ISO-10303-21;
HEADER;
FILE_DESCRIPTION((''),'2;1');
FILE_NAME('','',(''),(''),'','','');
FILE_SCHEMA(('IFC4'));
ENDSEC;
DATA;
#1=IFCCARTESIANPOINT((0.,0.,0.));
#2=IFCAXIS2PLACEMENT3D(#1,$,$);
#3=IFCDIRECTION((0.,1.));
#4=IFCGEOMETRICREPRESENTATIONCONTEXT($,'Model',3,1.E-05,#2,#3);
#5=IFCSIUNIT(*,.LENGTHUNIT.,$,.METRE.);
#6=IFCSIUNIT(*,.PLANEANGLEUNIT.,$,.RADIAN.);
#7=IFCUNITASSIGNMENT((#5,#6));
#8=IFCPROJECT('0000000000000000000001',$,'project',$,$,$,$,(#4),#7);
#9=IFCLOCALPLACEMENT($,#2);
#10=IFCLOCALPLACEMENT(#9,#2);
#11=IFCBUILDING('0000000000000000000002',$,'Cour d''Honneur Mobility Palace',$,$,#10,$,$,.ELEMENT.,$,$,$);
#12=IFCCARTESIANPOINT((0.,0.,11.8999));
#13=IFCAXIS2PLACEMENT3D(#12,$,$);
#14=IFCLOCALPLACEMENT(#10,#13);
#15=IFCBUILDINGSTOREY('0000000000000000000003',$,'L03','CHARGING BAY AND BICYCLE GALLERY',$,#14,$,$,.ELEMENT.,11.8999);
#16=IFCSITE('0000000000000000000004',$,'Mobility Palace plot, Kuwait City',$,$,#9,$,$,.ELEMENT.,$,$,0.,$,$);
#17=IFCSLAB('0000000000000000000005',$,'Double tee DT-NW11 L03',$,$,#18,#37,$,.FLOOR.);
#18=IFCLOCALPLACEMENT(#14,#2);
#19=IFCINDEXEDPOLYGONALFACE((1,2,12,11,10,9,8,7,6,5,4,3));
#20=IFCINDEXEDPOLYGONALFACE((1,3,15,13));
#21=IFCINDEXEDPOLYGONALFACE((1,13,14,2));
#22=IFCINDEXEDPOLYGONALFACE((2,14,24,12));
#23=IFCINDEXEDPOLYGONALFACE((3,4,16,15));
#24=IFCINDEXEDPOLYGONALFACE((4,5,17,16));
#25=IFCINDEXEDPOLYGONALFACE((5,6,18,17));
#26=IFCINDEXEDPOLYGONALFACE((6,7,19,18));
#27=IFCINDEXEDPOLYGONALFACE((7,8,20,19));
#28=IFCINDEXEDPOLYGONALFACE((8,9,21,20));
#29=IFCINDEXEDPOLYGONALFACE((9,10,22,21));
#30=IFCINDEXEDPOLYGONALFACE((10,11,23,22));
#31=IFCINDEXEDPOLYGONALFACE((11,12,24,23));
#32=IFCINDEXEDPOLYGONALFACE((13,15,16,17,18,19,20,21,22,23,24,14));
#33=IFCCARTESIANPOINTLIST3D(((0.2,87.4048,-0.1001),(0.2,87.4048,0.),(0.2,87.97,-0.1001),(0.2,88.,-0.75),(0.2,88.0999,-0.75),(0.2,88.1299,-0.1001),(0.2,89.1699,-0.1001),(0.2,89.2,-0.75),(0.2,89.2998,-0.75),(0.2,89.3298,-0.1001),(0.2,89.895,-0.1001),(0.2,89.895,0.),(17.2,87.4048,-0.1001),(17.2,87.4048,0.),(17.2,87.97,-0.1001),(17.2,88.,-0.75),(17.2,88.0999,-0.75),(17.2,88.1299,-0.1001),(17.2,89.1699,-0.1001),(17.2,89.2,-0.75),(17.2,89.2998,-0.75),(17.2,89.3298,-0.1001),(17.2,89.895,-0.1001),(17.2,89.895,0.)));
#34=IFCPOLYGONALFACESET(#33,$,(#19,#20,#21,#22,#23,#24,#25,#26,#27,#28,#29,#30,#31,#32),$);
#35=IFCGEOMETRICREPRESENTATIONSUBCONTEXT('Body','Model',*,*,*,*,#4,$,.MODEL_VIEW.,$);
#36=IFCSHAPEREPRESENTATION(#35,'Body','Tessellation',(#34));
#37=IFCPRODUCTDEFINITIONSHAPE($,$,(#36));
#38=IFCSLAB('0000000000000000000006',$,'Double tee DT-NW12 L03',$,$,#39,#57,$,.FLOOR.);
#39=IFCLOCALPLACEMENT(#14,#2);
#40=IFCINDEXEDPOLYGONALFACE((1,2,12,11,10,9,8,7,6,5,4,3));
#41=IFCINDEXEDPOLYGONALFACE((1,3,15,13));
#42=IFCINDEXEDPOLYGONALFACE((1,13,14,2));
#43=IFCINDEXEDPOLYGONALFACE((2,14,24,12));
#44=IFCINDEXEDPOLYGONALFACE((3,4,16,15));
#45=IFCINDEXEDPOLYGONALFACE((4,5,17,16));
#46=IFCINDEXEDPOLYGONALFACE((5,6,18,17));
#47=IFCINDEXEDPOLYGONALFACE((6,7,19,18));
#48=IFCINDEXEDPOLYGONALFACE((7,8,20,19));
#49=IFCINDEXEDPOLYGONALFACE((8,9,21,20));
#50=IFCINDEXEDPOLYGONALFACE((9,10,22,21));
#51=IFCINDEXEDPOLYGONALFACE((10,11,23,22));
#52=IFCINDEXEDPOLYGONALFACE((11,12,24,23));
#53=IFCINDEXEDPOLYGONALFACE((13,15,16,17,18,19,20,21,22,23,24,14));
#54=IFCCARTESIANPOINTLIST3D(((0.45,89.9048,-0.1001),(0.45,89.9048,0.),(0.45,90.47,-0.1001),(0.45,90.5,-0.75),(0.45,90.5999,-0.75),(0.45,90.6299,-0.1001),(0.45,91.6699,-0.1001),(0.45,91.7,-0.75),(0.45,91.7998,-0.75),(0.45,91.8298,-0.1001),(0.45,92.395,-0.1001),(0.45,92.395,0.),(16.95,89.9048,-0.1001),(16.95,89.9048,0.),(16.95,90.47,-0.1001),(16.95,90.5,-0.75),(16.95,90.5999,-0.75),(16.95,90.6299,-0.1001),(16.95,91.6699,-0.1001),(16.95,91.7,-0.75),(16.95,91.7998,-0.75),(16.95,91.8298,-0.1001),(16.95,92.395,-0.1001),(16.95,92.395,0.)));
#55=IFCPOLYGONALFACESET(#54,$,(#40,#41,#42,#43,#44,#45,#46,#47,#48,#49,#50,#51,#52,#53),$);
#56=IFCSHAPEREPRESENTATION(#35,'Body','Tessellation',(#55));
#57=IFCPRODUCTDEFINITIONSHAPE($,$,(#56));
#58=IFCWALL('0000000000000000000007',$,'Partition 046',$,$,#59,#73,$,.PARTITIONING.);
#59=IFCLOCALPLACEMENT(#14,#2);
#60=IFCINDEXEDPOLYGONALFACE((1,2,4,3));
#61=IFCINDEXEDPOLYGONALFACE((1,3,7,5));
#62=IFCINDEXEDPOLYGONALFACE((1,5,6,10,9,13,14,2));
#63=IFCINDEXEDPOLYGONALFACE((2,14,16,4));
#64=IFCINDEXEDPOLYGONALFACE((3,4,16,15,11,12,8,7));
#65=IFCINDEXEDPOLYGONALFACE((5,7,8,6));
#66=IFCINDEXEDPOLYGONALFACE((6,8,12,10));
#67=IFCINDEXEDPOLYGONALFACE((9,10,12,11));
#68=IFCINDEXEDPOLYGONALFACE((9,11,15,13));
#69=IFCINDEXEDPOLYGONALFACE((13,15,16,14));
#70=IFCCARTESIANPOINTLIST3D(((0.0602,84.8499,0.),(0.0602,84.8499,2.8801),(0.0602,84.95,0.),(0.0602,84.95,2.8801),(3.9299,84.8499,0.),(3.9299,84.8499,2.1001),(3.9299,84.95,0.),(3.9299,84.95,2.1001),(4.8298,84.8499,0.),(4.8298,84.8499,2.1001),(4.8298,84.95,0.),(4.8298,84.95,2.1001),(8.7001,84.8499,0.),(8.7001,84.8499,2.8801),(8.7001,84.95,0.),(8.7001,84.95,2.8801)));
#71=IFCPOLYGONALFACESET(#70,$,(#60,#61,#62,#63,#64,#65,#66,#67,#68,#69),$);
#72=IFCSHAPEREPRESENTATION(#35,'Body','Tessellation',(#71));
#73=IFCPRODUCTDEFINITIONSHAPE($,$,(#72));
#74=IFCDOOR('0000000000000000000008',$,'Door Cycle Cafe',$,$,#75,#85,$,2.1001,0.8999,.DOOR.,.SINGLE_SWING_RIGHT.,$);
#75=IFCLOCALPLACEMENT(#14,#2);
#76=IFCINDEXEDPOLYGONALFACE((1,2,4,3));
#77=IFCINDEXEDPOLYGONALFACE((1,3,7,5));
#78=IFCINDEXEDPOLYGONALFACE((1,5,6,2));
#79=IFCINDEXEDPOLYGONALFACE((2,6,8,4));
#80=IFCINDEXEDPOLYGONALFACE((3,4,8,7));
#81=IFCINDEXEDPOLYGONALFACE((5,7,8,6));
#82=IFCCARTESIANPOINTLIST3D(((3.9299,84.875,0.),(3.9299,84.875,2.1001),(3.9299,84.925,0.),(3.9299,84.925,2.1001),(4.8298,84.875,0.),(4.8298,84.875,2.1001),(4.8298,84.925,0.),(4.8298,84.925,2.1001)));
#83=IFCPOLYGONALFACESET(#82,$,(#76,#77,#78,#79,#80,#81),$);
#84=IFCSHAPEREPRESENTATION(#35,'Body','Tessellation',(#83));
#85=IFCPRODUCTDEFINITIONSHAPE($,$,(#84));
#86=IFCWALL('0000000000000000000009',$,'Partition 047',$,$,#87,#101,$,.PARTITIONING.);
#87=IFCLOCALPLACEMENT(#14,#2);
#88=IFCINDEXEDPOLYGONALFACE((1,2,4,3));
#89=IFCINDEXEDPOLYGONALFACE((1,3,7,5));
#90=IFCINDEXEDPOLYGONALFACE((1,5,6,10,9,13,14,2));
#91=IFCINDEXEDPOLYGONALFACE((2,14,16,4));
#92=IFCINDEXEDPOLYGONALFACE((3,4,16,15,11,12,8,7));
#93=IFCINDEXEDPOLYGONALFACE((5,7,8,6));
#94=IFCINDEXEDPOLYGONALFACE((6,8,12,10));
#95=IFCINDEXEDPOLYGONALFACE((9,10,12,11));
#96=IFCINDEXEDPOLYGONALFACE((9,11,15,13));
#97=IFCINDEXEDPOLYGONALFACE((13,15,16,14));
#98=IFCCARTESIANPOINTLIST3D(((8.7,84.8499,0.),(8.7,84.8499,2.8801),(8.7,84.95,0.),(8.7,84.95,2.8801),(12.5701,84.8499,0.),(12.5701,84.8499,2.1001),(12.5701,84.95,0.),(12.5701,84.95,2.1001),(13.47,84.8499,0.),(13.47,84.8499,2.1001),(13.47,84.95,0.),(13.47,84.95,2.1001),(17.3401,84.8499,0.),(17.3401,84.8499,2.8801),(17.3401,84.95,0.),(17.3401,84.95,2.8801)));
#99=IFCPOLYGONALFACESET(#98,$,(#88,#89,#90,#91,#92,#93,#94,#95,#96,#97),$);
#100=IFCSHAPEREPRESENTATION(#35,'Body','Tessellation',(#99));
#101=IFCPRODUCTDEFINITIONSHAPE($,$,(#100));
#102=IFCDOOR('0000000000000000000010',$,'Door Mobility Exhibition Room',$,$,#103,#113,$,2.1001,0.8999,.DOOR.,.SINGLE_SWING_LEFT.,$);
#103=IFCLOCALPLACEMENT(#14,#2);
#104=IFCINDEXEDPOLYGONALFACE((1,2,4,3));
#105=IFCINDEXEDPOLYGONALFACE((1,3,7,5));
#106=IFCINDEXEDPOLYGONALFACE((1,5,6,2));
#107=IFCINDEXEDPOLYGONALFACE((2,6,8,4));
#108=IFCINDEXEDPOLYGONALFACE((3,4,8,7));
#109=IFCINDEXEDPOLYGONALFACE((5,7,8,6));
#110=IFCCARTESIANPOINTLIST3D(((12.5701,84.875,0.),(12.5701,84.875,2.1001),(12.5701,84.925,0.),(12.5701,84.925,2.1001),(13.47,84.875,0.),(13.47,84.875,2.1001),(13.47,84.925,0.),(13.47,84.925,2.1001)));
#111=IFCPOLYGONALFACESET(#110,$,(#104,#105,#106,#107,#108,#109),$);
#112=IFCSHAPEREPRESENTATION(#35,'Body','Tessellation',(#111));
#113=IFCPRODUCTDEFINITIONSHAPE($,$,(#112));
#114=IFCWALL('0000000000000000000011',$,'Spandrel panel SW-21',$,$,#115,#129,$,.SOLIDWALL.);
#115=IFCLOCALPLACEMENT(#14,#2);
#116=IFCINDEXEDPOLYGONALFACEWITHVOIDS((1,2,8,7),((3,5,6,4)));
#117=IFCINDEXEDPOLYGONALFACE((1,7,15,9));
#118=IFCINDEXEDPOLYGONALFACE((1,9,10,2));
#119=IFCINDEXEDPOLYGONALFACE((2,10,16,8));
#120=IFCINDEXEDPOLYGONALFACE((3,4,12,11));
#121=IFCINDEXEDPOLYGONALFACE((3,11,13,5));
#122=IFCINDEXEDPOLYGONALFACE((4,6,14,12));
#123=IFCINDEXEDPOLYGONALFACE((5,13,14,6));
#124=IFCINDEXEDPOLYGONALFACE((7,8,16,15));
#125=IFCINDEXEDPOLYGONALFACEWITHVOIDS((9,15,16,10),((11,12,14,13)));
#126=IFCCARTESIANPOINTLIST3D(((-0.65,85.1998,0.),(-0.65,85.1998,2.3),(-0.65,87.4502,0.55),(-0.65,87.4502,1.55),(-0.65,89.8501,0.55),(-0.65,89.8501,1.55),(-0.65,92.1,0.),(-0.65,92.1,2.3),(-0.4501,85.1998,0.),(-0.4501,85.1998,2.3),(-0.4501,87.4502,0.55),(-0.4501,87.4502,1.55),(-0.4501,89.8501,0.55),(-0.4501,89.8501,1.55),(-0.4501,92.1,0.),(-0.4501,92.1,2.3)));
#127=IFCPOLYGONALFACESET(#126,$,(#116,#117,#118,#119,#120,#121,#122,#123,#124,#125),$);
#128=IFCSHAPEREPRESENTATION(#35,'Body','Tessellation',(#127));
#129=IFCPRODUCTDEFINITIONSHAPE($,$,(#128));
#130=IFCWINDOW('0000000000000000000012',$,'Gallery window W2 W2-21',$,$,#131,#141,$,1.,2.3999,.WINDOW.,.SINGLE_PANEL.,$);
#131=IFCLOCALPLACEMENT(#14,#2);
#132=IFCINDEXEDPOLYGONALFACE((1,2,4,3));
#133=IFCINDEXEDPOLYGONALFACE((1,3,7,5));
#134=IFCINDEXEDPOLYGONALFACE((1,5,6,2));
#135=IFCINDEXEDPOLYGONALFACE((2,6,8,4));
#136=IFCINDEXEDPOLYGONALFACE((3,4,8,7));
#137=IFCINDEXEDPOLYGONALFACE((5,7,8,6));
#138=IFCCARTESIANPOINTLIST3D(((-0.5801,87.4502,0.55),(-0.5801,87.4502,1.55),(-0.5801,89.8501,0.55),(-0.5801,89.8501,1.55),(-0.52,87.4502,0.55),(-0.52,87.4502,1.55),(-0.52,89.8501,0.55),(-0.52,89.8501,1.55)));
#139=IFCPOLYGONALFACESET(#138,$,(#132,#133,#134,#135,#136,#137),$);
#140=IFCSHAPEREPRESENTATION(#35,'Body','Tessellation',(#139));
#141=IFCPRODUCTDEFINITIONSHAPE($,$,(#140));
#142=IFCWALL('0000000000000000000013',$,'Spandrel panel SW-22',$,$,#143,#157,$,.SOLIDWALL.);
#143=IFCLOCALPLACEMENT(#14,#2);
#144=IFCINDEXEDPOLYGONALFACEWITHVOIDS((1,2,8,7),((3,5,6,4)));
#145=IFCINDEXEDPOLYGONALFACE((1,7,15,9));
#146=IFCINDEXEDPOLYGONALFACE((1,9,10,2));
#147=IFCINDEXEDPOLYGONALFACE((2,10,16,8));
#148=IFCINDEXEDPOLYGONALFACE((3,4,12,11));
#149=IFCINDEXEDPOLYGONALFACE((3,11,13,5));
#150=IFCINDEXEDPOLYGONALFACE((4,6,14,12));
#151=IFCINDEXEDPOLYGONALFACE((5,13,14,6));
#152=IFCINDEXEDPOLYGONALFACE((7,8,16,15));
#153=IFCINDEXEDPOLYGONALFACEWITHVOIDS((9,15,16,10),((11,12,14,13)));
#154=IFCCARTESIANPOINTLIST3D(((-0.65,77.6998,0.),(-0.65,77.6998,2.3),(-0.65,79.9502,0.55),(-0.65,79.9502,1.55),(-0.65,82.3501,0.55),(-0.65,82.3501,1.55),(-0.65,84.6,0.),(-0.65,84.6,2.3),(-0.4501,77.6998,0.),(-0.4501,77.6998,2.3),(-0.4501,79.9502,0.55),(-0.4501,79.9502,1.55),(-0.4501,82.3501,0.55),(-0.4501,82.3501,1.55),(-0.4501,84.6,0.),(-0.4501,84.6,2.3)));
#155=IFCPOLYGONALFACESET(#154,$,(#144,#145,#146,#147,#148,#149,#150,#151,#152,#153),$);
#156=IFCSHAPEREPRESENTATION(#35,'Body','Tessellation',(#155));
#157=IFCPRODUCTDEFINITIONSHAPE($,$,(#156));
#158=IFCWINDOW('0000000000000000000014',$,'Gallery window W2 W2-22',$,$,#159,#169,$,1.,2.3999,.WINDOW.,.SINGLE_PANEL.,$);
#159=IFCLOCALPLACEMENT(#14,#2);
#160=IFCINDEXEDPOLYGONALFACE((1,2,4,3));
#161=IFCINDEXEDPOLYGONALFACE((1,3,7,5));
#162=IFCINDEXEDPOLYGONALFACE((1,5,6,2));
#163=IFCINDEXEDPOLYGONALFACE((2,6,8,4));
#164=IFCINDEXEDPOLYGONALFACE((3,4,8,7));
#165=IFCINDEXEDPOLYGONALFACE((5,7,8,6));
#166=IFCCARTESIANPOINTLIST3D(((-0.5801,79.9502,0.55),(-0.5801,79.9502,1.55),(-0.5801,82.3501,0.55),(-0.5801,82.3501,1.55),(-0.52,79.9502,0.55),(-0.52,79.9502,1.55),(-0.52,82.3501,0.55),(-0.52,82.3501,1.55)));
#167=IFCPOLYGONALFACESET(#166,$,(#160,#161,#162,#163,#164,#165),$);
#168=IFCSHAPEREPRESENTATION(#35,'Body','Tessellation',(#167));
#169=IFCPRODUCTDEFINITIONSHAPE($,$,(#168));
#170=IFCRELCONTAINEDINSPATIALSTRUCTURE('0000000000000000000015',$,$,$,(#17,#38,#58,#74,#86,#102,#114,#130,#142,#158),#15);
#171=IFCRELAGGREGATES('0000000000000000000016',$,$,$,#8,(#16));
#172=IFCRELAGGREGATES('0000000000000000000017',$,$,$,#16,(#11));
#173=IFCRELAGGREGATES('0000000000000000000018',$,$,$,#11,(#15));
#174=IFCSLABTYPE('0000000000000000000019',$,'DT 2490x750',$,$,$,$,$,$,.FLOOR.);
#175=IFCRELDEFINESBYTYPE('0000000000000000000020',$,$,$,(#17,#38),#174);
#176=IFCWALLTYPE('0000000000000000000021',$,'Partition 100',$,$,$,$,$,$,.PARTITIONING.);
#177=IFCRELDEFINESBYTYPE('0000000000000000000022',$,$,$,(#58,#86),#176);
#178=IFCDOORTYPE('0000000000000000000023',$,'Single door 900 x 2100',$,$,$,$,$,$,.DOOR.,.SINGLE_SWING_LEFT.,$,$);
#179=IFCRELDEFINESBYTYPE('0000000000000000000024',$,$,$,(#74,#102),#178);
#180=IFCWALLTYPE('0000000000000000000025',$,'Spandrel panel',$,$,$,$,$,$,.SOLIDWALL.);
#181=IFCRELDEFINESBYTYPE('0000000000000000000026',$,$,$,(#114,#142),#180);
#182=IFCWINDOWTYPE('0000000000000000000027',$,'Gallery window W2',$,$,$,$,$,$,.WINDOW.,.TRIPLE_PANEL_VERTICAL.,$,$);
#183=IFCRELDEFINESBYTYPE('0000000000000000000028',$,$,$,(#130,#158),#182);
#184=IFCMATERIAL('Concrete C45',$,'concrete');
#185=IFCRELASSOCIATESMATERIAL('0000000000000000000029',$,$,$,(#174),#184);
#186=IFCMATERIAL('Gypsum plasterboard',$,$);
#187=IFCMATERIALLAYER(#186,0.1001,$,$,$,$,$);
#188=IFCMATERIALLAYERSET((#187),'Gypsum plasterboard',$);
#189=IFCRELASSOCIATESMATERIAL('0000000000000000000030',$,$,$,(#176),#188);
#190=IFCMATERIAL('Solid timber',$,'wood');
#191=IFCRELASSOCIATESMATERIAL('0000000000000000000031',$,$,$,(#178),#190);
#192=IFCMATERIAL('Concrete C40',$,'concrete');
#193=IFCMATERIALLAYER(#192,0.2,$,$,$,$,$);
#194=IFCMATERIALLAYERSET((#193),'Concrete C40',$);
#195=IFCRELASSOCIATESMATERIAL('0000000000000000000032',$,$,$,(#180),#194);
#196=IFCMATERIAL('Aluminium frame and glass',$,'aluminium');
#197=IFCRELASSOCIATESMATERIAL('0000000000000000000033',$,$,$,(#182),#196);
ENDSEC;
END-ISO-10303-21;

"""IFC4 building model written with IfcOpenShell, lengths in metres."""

from ifc_helpers import new_model, si_unit, direction, frame, frame_2d, origin, place, context, subcontext, project, spatial, polyline, rectangle, outline, extrude, material, layer, layer_set, material_profile, profile_set, type_object, element, fill, save


model = new_model("IFC4")

# Units and contexts
model_context = context("Model", 3, precision=1e-05, world=origin(), true_north=direction((0.0, 1.0)))
body_context = subcontext(model_context, "Body", "Model", "MODEL_VIEW")
ifc_project = project(units=[si_unit("LENGTHUNIT", "METRE"), si_unit("PLANEANGLEUNIT", "RADIAN")], contexts=[model_context])

# Site, building, storey
site_placement = place(None, origin())
site = spatial("IfcSite", under=ifc_project, at=site_placement, Name="Mobility Palace plot, Kuwait City", CompositionType="ELEMENT", RefElevation=0.0)
building_placement = place(site_placement, origin())
building = spatial("IfcBuilding", under=site, at=building_placement, Name="Cour d'Honneur Mobility Palace", CompositionType="ELEMENT")
storey_placement = place(building_placement, frame((0.0, 0.0, 11.8999)))
storey = spatial("IfcBuildingStorey", under=building, at=storey_placement, Name="L03", Description="CHARGING BAY AND BICYCLE GALLERY", CompositionType="ELEMENT", Elevation=11.8999)

# Slabs
ifc_material_1 = material(Name="Concrete C45", Category="concrete")
ifc_material_profile_1 = material_profile(ifc_material_1, outline(polyline([(-1.2451, 0.0), (1.2451, 0.0), (1.2451, -0.1001), (0.6799, -0.1001), (0.6499, -0.75), (0.55, -0.75), (0.52, -0.1001), (-0.52, -0.1001), (-0.55, -0.75), (-0.6499, -0.75), (-0.6799, -0.1001), (-1.2451, -0.1001), (-1.2451, 0.0)])), Name="DT 2490x750")
ifc_profile_set_1 = profile_set([ifc_material_profile_1], Name="Concrete C45")
slab_type = type_object("IfcSlabType", Name="DT 2490x750", PredefinedType="FLOOR", material=ifc_profile_set_1)
slab_1_placement = place(storey_placement, frame((0.2, 88.6499, 0.0), z_axis=(1.0, 0.0, 0.0), x_axis=(0.0, 1.0, 0.0)))
element("IfcSlab", 1, at=slab_1_placement, inside=storey, type_object=slab_type, Name="Double tee DT-NW11 L03", PredefinedType="FLOOR", context=body_context, shape_type="SweptSolid", body=[
    extrude(outline(polyline([(-1.2451, 0.0), (1.2451, 0.0), (1.2451, -0.1001), (0.6799, -0.1001), (0.6499, -0.75), (0.55, -0.75), (0.52, -0.1001), (-0.52, -0.1001), (-0.55, -0.75), (-0.6499, -0.75), (-0.6799, -0.1001), (-1.2451, -0.1001), (-1.2451, 0.0)])), origin(), (0.0, 0.0, 1.0), 17.0),
])
slab_2_placement = place(storey_placement, frame((0.45, 91.1499, 0.0), z_axis=(1.0, 0.0, 0.0), x_axis=(0.0, 1.0, 0.0)))
element("IfcSlab", 2, at=slab_2_placement, inside=storey, type_object=slab_type, Name="Double tee DT-NW12 L03", PredefinedType="FLOOR", context=body_context, shape_type="SweptSolid", body=[
    extrude(outline(polyline([(-1.2451, 0.0), (1.2451, 0.0), (1.2451, -0.1001), (0.6799, -0.1001), (0.6499, -0.75), (0.55, -0.75), (0.52, -0.1001), (-0.52, -0.1001), (-0.55, -0.75), (-0.6499, -0.75), (-0.6799, -0.1001), (-1.2451, -0.1001), (-1.2451, 0.0)])), origin(), (0.0, 0.0, 1.0), 16.5),
])

# Walls, openings, doors
ifc_material_2 = material(Name="Gypsum plasterboard")
ifc_layer_1 = layer(ifc_material_2, 0.1001)
ifc_layer_set_1 = layer_set([ifc_layer_1], Name="Gypsum plasterboard")
wall_type_1 = type_object("IfcWallType", Name="Partition 100", PredefinedType="PARTITIONING", material=ifc_layer_set_1)
wall_1_placement = place(storey_placement, frame((8.7, 84.8999, 0.0), z_axis=(0.0, 0.0, 1.0), x_axis=(-1.0, 0.0, 0.0)))
wall_1 = element("IfcWall", 3, at=wall_1_placement, inside=storey, type_object=wall_type_1, Name="Partition 046", PredefinedType="PARTITIONING", context=body_context, shape_type="SweptSolid", body=[
    extrude(rectangle(XDim=8.6399, YDim=0.1001, at=frame_2d((4.3198, 0.0))), origin(), (0.0, 0.0, 1.0), 2.8801),
])
opening_1_placement = place(wall_1_placement, frame((3.8701, 0.0, 0.0)))
opening_1 = element("IfcOpeningElement", 4, at=opening_1_placement, cuts=wall_1, PredefinedType="OPENING", context=body_context, shape_type="SweptSolid", body=[
    extrude(rectangle(XDim=0.8999, YDim=2.1001, at=frame_2d((0.45, 1.05))), frame((0.0, 0.0601, 0.0), z_axis=(0.0, -1.0, 0.0), x_axis=(1.0, 0.0, 0.0)), (0.0, 0.0, 1.0), 0.1201),
])
ifc_material_3 = material(Name="Solid timber", Category="wood")
door_type = type_object("IfcDoorType", Name="Single door 900 x 2100", OperationType="SINGLE_SWING_LEFT", PredefinedType="DOOR", material=ifc_material_3)
door_1_placement = place(opening_1_placement, origin())
door_1 = element("IfcDoor", 5, at=door_1_placement, inside=storey, type_object=door_type, Name="Door Cycle Cafe", OperationType="SINGLE_SWING_RIGHT", OverallHeight=2.1001, OverallWidth=0.8999, PredefinedType="DOOR", context=body_context, shape_type="SweptSolid", body=[
    extrude(rectangle(XDim=0.8999, YDim=2.1001, at=frame_2d((0.45, 1.05))), frame((0.0, 0.0249, 0.0), z_axis=(0.0, -1.0, 0.0), x_axis=(1.0, 0.0, 0.0)), (0.0, 0.0, 1.0), 0.05),
])
fill(opening_1, door_1)
wall_2_placement = place(storey_placement, frame((17.3401, 84.8999, 0.0), z_axis=(0.0, 0.0, 1.0), x_axis=(-1.0, 0.0, 0.0)))
wall_2 = element("IfcWall", 6, at=wall_2_placement, inside=storey, type_object=wall_type_1, Name="Partition 047", PredefinedType="PARTITIONING", context=body_context, shape_type="SweptSolid", body=[
    extrude(rectangle(XDim=8.6401, YDim=0.1001, at=frame_2d((4.3201, 0.0))), origin(), (0.0, 0.0, 1.0), 2.8801),
])
opening_2_placement = place(wall_2_placement, frame((3.8701, 0.0, 0.0)))
opening_2 = element("IfcOpeningElement", 7, at=opening_2_placement, cuts=wall_2, PredefinedType="OPENING", context=body_context, shape_type="SweptSolid", body=[
    extrude(rectangle(XDim=0.8999, YDim=2.1001, at=frame_2d((0.45, 1.05))), frame((0.0, 0.0601, 0.0), z_axis=(0.0, -1.0, 0.0), x_axis=(1.0, 0.0, 0.0)), (0.0, 0.0, 1.0), 0.1201),
])
door_2_placement = place(opening_2_placement, origin())
door_2 = element("IfcDoor", 8, at=door_2_placement, inside=storey, type_object=door_type, Name="Door Mobility Exhibition Room", OperationType="SINGLE_SWING_LEFT", OverallHeight=2.1001, OverallWidth=0.8999, PredefinedType="DOOR", context=body_context, shape_type="SweptSolid", body=[
    extrude(rectangle(XDim=0.8999, YDim=2.1001, at=frame_2d((0.45, 1.05))), frame((0.0, 0.0249, 0.0), z_axis=(0.0, -1.0, 0.0), x_axis=(1.0, 0.0, 0.0)), (0.0, 0.0, 1.0), 0.05),
])
fill(opening_2, door_2)

# Walls, openings, windows
ifc_material_4 = material(Name="Concrete C40", Category="concrete")
ifc_layer_2 = layer(ifc_material_4, 0.2)
ifc_layer_set_2 = layer_set([ifc_layer_2], Name="Concrete C40")
wall_type_2 = type_object("IfcWallType", Name="Spandrel panel", PredefinedType="SOLIDWALL", material=ifc_layer_set_2)
wall_3_placement = place(storey_placement, frame((-0.55, 92.1001, 0.0), z_axis=(0.0, 0.0, 1.0), x_axis=(0.0, -1.0, 0.0)))
wall_3 = element("IfcWall", 9, at=wall_3_placement, inside=storey, type_object=wall_type_2, Name="Spandrel panel SW-21", PredefinedType="SOLIDWALL", context=body_context, shape_type="SweptSolid", body=[
    extrude(rectangle(XDim=6.9001, YDim=0.2, at=frame_2d((3.4502, 0.0))), origin(), (0.0, 0.0, 1.0), 2.3),
])
opening_3_placement = place(wall_3_placement, frame((2.25, 0.0, 0.55)))
opening_3 = element("IfcOpeningElement", 10, at=opening_3_placement, cuts=wall_3, PredefinedType="OPENING", context=body_context, shape_type="SweptSolid", body=[
    extrude(rectangle(XDim=2.3999, YDim=1.0, at=frame_2d((1.2, 0.5))), frame((0.0, 0.1099, 0.0), z_axis=(0.0, -1.0, 0.0), x_axis=(1.0, 0.0, 0.0)), (0.0, 0.0, 1.0), 0.22),
])
ifc_material_5 = material(Name="Aluminium frame and glass", Category="aluminium")
window_type = type_object("IfcWindowType", Name="Gallery window W2", PartitioningType="TRIPLE_PANEL_VERTICAL", PredefinedType="WINDOW", material=ifc_material_5)
window_1_placement = place(opening_3_placement, origin())
window_1 = element("IfcWindow", 11, at=window_1_placement, inside=storey, type_object=window_type, Name="Gallery window W2 W2-21", OverallHeight=1.0, OverallWidth=2.3999, PartitioningType="SINGLE_PANEL", PredefinedType="WINDOW", context=body_context, shape_type="SweptSolid", body=[
    extrude(rectangle(XDim=2.3999, YDim=1.0, at=frame_2d((1.2, 0.5))), frame((0.0, 0.03, 0.0), z_axis=(0.0, -1.0, 0.0), x_axis=(1.0, 0.0, 0.0)), (0.0, 0.0, 1.0), 0.0601),
])
fill(opening_3, window_1)
wall_4_placement = place(storey_placement, frame((-0.55, 84.6001, 0.0), z_axis=(0.0, 0.0, 1.0), x_axis=(0.0, -1.0, 0.0)))
wall_4 = element("IfcWall", 12, at=wall_4_placement, inside=storey, type_object=wall_type_2, Name="Spandrel panel SW-22", PredefinedType="SOLIDWALL", context=body_context, shape_type="SweptSolid", body=[
    extrude(rectangle(XDim=6.9001, YDim=0.2, at=frame_2d((3.4502, 0.0))), origin(), (0.0, 0.0, 1.0), 2.3),
])
opening_4_placement = place(wall_4_placement, frame((2.25, 0.0, 0.55)))
opening_4 = element("IfcOpeningElement", 13, at=opening_4_placement, cuts=wall_4, PredefinedType="OPENING", context=body_context, shape_type="SweptSolid", body=[
    extrude(rectangle(XDim=2.3999, YDim=1.0, at=frame_2d((1.2, 0.5))), frame((0.0, 0.1099, 0.0), z_axis=(0.0, -1.0, 0.0), x_axis=(1.0, 0.0, 0.0)), (0.0, 0.0, 1.0), 0.22),
])
window_2_placement = place(opening_4_placement, origin())
window_2 = element("IfcWindow", 14, at=window_2_placement, inside=storey, type_object=window_type, Name="Gallery window W2 W2-22", OverallHeight=1.0, OverallWidth=2.3999, PartitioningType="SINGLE_PANEL", PredefinedType="WINDOW", context=body_context, shape_type="SweptSolid", body=[
    extrude(rectangle(XDim=2.3999, YDim=1.0, at=frame_2d((1.2, 0.5))), frame((0.0, 0.03, 0.0), z_axis=(0.0, -1.0, 0.0), x_axis=(1.0, 0.0, 0.0)), (0.0, 0.0, 1.0), 0.0601),
])
fill(opening_4, window_2)

save(model, "model.ifc")
